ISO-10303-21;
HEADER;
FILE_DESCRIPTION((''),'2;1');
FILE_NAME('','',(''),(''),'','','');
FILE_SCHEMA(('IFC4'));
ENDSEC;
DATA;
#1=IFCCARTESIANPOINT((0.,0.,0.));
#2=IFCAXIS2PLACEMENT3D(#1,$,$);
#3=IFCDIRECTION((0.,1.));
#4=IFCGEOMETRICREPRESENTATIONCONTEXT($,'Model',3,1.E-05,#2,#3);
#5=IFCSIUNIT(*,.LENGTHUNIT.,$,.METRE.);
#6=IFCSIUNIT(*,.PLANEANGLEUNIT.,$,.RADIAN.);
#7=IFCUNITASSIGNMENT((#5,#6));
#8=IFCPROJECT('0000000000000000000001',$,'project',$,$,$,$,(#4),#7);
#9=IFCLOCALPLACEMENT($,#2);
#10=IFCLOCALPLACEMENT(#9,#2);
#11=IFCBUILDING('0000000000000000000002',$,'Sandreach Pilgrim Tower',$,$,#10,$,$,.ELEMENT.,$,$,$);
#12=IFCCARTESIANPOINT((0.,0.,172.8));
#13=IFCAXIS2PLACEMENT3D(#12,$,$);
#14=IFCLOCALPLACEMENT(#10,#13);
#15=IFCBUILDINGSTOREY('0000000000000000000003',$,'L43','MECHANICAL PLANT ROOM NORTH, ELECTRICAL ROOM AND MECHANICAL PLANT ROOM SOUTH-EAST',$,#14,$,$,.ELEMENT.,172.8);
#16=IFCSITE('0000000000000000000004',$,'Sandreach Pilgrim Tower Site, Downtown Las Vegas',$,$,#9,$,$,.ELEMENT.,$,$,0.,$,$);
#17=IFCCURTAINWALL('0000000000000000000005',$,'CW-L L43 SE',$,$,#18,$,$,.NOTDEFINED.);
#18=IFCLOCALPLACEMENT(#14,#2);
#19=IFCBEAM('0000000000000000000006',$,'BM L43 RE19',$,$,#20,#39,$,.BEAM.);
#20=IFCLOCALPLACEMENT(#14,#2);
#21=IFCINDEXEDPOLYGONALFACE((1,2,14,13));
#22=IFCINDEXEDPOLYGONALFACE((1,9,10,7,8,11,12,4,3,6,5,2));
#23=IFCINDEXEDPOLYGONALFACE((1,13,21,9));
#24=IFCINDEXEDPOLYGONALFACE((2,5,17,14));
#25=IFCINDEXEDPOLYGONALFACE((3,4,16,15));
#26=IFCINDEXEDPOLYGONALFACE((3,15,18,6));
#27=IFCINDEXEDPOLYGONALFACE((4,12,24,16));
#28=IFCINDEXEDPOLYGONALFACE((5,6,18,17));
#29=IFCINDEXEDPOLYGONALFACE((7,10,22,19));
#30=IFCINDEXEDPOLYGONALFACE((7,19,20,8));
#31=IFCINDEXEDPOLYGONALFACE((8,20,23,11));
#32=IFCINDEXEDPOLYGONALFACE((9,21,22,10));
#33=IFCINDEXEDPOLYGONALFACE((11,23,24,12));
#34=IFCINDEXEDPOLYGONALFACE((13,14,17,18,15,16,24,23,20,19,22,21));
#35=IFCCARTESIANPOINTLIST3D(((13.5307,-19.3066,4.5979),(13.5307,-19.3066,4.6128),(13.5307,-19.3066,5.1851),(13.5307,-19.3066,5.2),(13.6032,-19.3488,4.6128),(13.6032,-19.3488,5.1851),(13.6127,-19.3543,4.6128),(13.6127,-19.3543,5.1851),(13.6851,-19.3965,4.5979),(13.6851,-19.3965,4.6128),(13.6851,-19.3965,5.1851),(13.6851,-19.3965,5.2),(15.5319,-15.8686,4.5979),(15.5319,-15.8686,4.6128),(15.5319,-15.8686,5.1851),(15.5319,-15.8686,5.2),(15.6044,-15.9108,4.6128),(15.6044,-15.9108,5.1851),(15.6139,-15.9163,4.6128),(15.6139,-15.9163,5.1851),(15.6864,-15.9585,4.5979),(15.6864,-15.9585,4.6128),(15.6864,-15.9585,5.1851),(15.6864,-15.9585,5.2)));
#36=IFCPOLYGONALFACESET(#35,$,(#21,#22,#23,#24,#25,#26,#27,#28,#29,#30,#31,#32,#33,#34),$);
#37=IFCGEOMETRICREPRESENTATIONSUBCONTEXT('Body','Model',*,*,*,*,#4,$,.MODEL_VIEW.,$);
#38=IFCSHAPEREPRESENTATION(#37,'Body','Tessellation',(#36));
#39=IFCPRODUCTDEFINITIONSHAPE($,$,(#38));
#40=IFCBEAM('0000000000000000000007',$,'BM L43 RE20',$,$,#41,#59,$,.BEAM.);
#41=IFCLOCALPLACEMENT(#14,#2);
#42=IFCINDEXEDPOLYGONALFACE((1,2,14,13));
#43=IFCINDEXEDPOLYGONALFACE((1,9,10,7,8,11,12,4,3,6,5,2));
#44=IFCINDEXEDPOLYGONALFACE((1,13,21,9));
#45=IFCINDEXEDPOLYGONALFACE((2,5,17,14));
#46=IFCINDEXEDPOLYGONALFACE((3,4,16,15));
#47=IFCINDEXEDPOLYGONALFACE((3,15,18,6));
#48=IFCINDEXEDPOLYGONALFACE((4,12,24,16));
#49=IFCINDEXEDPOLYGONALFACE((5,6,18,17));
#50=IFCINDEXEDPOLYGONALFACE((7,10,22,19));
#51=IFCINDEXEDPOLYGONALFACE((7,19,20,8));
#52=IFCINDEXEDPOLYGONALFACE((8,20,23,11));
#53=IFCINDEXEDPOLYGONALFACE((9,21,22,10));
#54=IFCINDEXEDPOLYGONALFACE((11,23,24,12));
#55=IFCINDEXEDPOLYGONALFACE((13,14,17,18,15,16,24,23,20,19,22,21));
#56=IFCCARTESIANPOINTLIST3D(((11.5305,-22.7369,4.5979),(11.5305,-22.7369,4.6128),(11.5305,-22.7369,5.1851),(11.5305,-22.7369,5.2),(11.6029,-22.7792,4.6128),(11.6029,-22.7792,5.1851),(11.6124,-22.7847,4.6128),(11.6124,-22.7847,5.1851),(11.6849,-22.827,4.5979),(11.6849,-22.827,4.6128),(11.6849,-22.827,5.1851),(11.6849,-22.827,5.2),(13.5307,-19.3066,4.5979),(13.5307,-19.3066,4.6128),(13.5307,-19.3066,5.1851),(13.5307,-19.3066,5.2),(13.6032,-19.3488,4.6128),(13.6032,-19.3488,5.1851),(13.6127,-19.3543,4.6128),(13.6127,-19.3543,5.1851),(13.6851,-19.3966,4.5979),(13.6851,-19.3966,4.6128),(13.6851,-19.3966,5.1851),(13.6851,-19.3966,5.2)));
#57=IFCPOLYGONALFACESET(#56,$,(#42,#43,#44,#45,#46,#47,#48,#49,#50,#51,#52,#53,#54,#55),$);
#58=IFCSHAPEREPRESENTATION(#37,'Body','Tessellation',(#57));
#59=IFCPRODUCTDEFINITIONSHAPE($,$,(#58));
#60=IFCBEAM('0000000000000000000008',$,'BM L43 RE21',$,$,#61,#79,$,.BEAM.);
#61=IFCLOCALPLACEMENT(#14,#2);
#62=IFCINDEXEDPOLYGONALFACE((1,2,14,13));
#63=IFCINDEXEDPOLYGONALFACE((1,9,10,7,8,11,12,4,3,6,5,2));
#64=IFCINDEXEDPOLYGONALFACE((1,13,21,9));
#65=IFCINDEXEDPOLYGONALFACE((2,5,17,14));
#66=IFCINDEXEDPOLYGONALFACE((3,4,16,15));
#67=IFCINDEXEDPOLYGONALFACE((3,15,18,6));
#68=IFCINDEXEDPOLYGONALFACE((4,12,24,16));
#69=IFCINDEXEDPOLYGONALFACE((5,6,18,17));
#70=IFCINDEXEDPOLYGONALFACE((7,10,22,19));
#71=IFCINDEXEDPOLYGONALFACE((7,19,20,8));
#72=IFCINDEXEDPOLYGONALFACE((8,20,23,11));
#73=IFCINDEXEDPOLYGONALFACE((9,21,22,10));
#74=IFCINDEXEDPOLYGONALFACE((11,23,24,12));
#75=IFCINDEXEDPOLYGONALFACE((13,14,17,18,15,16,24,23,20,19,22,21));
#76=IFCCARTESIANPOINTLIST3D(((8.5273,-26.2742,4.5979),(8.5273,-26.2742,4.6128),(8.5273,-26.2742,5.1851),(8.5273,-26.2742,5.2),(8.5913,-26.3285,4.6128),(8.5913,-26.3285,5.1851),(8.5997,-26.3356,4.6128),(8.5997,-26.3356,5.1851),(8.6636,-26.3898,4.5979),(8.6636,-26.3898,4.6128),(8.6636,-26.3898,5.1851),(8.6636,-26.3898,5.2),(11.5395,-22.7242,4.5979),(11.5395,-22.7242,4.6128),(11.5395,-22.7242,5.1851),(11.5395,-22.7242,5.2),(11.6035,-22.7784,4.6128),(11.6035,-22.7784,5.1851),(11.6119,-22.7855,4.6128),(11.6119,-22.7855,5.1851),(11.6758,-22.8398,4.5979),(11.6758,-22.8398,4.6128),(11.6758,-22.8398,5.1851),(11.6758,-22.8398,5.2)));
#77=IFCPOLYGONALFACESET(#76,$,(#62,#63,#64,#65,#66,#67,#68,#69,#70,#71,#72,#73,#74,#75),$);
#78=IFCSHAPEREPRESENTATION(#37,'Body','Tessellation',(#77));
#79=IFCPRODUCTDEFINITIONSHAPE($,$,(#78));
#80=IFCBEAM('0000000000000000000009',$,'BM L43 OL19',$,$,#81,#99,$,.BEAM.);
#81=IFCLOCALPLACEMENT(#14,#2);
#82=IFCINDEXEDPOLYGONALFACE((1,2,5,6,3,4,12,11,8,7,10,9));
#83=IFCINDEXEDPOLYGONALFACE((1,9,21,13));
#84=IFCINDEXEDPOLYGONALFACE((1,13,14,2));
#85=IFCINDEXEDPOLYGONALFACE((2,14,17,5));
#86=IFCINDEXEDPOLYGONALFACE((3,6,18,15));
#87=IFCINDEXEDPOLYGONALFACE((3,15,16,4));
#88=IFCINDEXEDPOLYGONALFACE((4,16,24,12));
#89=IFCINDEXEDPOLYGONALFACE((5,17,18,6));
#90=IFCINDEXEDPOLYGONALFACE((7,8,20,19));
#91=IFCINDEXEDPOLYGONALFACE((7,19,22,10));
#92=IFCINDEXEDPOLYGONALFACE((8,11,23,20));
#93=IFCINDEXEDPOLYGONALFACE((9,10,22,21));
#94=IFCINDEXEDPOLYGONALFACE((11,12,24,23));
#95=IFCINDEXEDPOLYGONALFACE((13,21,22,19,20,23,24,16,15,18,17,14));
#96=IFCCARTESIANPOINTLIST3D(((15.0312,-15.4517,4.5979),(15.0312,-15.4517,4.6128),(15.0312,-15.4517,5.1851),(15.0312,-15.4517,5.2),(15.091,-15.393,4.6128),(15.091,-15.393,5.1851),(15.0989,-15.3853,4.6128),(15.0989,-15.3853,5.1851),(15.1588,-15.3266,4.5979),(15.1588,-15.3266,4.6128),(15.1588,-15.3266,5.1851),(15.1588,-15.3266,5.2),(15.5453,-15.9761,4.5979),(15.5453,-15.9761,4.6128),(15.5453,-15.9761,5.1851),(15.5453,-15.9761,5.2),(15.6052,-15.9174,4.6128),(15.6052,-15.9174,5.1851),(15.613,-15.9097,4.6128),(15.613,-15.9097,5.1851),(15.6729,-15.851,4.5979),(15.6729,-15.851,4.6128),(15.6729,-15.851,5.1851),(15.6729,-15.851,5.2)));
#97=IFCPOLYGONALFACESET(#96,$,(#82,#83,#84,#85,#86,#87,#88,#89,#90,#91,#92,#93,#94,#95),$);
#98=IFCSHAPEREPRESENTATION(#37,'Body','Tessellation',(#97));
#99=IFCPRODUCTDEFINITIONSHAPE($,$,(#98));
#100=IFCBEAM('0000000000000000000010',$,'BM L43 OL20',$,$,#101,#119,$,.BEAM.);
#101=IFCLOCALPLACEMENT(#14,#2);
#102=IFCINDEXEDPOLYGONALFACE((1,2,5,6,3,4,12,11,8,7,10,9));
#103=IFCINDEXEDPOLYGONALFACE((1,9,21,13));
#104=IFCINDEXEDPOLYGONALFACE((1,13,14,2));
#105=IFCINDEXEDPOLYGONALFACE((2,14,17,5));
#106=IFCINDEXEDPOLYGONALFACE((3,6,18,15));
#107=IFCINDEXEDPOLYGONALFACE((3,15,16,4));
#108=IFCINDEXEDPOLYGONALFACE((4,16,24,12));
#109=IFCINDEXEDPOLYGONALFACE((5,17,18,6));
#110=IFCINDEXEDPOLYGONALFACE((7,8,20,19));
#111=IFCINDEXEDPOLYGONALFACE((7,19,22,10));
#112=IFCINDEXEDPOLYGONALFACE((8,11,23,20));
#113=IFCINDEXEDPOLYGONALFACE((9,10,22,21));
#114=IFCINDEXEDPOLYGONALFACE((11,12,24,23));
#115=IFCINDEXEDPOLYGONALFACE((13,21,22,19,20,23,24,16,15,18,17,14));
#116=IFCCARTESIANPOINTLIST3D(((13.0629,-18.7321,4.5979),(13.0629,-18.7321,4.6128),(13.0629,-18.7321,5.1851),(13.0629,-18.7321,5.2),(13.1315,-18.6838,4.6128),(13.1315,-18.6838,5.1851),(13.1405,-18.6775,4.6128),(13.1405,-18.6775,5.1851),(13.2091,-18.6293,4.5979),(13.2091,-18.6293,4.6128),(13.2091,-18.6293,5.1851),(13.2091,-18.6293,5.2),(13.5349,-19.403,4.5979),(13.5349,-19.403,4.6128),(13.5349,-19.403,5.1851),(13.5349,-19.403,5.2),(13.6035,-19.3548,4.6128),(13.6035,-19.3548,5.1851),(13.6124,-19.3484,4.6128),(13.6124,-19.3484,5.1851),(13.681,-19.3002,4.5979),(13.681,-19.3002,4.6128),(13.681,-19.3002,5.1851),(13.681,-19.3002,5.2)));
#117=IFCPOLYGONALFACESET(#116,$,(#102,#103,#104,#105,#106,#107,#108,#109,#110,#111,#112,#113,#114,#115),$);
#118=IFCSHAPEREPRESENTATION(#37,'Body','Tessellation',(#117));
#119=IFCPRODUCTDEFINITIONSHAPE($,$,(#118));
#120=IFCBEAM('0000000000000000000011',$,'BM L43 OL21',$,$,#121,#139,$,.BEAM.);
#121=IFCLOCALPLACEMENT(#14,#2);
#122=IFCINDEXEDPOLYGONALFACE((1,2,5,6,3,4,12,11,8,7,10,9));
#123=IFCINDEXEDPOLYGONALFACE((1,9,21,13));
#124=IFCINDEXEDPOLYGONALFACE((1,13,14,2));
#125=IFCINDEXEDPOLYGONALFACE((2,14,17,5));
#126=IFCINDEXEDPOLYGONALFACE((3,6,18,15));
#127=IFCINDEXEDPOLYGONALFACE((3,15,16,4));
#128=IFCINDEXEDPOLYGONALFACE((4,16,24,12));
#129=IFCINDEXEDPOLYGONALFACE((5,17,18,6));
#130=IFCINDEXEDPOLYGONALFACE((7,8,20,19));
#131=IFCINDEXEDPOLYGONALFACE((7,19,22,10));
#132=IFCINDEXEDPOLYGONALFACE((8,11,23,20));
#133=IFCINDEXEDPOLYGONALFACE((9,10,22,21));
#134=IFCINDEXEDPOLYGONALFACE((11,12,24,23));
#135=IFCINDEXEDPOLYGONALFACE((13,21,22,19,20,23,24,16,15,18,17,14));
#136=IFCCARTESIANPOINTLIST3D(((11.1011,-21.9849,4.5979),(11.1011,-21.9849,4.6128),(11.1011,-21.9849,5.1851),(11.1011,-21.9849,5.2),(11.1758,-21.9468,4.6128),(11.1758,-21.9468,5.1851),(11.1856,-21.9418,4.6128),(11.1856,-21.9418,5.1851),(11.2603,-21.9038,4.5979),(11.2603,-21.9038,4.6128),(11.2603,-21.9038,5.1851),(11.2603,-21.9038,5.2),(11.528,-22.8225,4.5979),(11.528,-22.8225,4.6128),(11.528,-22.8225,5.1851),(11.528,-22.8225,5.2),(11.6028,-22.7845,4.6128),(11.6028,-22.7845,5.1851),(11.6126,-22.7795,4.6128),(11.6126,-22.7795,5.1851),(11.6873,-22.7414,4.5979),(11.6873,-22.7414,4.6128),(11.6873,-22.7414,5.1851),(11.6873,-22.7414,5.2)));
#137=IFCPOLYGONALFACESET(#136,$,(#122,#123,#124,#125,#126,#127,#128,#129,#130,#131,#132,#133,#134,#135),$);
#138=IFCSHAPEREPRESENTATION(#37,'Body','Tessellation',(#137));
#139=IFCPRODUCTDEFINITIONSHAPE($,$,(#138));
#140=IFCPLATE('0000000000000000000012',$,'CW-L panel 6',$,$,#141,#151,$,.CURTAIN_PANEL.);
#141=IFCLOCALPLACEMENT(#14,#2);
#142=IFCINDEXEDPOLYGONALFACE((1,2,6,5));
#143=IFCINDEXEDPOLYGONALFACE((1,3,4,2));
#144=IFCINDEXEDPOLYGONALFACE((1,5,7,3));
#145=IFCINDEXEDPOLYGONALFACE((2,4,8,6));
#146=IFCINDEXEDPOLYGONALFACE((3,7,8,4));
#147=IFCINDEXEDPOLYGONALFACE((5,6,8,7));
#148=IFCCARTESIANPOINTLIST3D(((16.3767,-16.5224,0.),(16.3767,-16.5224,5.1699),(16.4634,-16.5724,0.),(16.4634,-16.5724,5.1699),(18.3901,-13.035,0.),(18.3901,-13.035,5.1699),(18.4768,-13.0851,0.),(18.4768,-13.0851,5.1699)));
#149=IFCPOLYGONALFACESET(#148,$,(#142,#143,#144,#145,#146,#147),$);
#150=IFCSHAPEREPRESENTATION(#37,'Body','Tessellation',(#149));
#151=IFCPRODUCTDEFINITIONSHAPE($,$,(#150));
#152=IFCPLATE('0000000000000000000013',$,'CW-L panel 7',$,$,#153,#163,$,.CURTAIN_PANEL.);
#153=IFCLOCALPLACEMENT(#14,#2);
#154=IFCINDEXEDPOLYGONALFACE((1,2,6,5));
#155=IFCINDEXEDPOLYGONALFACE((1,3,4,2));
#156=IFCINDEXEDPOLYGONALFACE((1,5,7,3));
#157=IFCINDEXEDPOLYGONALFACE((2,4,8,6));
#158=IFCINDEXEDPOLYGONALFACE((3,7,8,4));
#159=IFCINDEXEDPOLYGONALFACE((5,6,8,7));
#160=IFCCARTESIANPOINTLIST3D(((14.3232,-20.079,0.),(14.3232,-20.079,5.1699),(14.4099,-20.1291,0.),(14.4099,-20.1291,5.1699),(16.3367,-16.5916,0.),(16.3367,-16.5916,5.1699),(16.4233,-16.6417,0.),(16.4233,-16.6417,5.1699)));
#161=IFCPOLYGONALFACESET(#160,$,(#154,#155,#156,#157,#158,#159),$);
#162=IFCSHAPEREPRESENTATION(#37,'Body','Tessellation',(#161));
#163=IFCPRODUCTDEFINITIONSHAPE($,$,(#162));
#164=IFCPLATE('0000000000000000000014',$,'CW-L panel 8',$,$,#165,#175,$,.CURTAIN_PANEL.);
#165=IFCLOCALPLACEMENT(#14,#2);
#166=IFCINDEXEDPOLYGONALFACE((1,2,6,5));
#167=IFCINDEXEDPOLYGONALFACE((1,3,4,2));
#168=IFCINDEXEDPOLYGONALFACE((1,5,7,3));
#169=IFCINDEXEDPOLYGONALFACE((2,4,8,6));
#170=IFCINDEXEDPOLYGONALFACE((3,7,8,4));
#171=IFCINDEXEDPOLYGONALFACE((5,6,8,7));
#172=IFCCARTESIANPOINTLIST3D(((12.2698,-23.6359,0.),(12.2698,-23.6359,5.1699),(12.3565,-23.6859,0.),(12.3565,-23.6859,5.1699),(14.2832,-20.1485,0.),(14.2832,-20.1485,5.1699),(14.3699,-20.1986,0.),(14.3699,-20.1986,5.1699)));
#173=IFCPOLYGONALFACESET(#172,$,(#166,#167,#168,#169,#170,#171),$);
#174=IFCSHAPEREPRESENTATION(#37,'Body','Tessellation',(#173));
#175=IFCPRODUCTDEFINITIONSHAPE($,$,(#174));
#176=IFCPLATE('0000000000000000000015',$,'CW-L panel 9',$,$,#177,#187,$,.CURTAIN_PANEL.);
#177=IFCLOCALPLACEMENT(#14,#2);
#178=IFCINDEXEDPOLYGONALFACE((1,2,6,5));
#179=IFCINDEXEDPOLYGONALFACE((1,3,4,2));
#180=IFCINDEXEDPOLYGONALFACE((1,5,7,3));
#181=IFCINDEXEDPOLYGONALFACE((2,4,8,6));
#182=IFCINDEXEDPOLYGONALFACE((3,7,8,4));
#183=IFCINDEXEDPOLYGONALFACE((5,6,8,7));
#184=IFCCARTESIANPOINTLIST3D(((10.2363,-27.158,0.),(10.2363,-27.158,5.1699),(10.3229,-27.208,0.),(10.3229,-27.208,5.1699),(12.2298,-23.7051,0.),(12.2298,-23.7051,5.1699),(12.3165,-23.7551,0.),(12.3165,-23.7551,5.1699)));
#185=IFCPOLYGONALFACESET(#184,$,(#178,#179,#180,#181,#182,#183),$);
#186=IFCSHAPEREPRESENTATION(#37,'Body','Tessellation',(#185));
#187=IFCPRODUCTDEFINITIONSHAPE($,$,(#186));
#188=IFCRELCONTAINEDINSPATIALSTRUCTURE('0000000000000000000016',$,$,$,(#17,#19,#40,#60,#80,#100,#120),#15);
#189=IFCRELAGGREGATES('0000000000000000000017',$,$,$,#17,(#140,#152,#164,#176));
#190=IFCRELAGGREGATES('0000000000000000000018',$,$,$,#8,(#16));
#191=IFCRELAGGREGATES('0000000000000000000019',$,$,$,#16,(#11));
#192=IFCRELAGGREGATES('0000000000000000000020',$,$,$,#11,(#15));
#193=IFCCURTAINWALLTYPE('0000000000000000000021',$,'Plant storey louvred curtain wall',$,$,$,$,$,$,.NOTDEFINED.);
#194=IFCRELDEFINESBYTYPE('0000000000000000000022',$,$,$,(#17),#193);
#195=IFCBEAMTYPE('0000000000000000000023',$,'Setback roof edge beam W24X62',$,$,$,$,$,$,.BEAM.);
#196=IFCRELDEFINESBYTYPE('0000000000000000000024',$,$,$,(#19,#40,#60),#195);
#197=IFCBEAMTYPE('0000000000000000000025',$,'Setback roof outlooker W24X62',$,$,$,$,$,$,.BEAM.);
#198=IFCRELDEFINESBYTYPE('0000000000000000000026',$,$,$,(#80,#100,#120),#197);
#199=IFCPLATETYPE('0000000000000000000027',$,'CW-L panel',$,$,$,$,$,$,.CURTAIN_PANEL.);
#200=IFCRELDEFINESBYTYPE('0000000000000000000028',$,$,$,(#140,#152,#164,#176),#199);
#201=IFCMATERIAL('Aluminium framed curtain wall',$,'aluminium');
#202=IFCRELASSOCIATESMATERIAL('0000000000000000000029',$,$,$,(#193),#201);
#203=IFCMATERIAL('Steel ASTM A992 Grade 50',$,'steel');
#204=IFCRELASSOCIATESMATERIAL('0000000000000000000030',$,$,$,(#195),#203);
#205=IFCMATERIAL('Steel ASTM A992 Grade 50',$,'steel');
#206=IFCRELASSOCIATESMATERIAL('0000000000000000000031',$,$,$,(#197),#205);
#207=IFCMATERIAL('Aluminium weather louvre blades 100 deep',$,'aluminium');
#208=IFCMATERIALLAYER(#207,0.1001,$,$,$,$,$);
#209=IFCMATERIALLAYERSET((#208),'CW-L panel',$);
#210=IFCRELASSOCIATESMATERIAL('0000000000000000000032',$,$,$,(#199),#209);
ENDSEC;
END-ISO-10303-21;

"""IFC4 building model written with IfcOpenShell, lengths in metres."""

from ifc_helpers import new_model, si_unit, direction, frame, origin, origin_2d, place, context, subcontext, project, spatial, rectangle, i_section, extrude, material, layer, layer_set, material_profile, profile_set, type_object, element, aggregate, save


model = new_model("IFC4")

# Units and contexts
model_context = context("Model", 3, precision=1e-05, world=origin(), true_north=direction((0.0, 1.0)))
body_context = subcontext(model_context, "Body", "Model", "MODEL_VIEW")
ifc_project = project(units=[si_unit("LENGTHUNIT", "METRE"), si_unit("PLANEANGLEUNIT", "RADIAN")], contexts=[model_context])

# Site, building, storey
site_placement = place(None, origin())
site = spatial("IfcSite", under=ifc_project, at=site_placement, Name="Sandreach Pilgrim Tower Site, Downtown Las Vegas", CompositionType="ELEMENT", RefElevation=0.0)
building_placement = place(site_placement, origin())
building = spatial("IfcBuilding", under=site, at=building_placement, Name="Sandreach Pilgrim Tower", CompositionType="ELEMENT")
storey_placement = place(building_placement, frame((0.0, 0.0, 172.8)))
storey = spatial("IfcBuildingStorey", under=building, at=storey_placement, Name="L43", Description="MECHANICAL PLANT ROOM NORTH, ELECTRICAL ROOM AND MECHANICAL PLANT ROOM SOUTH-EAST", CompositionType="ELEMENT", Elevation=172.8)

# Curtain wall
ifc_material_1 = material(Name="Aluminium framed curtain wall", Category="aluminium")
curtain_wall_type = type_object("IfcCurtainWallType", Name="Plant storey louvred curtain wall", PredefinedType="NOTDEFINED", material=ifc_material_1)
curtain_wall_placement = place(storey_placement, origin())
curtain_wall = element("IfcCurtainWall", 1, at=curtain_wall_placement, inside=storey, type_object=curtain_wall_type, Name="CW-L L43 SE", PredefinedType="NOTDEFINED")

# Beams
ifc_material_2 = material(Name="Steel ASTM A992 Grade 50", Category="steel")
ifc_material_profile_1 = material_profile(ifc_material_2, i_section(OverallWidth=0.1787, OverallDepth=0.6021, WebThickness=0.011, FlangeThickness=0.0149, at=origin_2d()), Name="W24X62")
ifc_profile_set_1 = profile_set([ifc_material_profile_1], Name="Steel ASTM A992 Grade 50")
beam_type_1 = type_object("IfcBeamType", Name="Setback roof edge beam W24X62", PredefinedType="BEAM", material=ifc_profile_set_1)
beam_1_placement = place(storey_placement, frame((15.6091, -15.9136, 4.8989), z_axis=(-0.503069, -0.864246, 0.0), x_axis=(0.864246, -0.503069, 0.0)))
element("IfcBeam", 2, at=beam_1_placement, inside=storey, type_object=beam_type_1, Name="BM L43 RE19", PredefinedType="BEAM", context=body_context, shape_type="SweptSolid", body=[
    extrude(i_section(OverallWidth=0.1787, OverallDepth=0.6021, WebThickness=0.011, FlangeThickness=0.0149, at=origin_2d()), origin(), (0.0, 0.0, 1.0), 3.978),
])
beam_2_placement = place(storey_placement, frame((13.6079, -19.3516, 4.8989), z_axis=(-0.503714, -0.86387, 0.0), x_axis=(0.86387, -0.503714, 0.0)))
element("IfcBeam", 3, at=beam_2_placement, inside=storey, type_object=beam_type_1, Name="BM L43 RE20", PredefinedType="BEAM", context=body_context, shape_type="SweptSolid", body=[
    extrude(i_section(OverallWidth=0.1787, OverallDepth=0.6021, WebThickness=0.011, FlangeThickness=0.0149, at=origin_2d()), origin(), (0.0, 0.0, 1.0), 3.9709),
])
beam_3_placement = place(storey_placement, frame((11.6077, -22.782, 4.8989), z_axis=(-0.646983, -0.762504, 0.0), x_axis=(0.762504, -0.646983, 0.0)))
element("IfcBeam", 4, at=beam_3_placement, inside=storey, type_object=beam_type_1, Name="BM L43 RE21", PredefinedType="BEAM", context=body_context, shape_type="SweptSolid", body=[
    extrude(i_section(OverallWidth=0.1787, OverallDepth=0.6021, WebThickness=0.011, FlangeThickness=0.0149, at=origin_2d()), origin(), (0.0, 0.0, 1.0), 4.6558),
])
ifc_material_3 = material(Name="Steel ASTM A992 Grade 50", Category="steel")
ifc_material_profile_2 = material_profile(ifc_material_3, i_section(OverallWidth=0.1787, OverallDepth=0.6021, WebThickness=0.011, FlangeThickness=0.0149, at=origin_2d()), Name="W24X62")
ifc_profile_set_2 = profile_set([ifc_material_profile_2], Name="Steel ASTM A992 Grade 50")
beam_type_2 = type_object("IfcBeamType", Name="Setback roof outlooker W24X62", PredefinedType="BEAM", material=ifc_profile_set_2)
beam_4_placement = place(storey_placement, frame((15.095, -15.3892, 4.8989), z_axis=(0.700091, -0.714053, 0.0), x_axis=(0.714053, 0.700091, 0.0)))
element("IfcBeam", 5, at=beam_4_placement, inside=storey, type_object=beam_type_2, Name="BM L43 OL19", PredefinedType="BEAM", context=body_context, shape_type="SweptSolid", body=[
    extrude(i_section(OverallWidth=0.1787, OverallDepth=0.6021, WebThickness=0.011, FlangeThickness=0.0149, at=origin_2d()), origin(), (0.0, 0.0, 1.0), 0.7344),
])
beam_5_placement = place(storey_placement, frame((13.136, -18.6807, 4.8989), z_axis=(0.575339, -0.817915, 0.0), x_axis=(0.817915, 0.575339, 0.0)))
element("IfcBeam", 6, at=beam_5_placement, inside=storey, type_object=beam_type_2, Name="BM L43 OL20", PredefinedType="BEAM", context=body_context, shape_type="SweptSolid", body=[
    extrude(i_section(OverallWidth=0.1787, OverallDepth=0.6021, WebThickness=0.011, FlangeThickness=0.0149, at=origin_2d()), origin(), (0.0, 0.0, 1.0), 0.8203),
])
beam_6_placement = place(storey_placement, frame((11.1807, -21.9443, 4.8989), z_axis=(0.454159, -0.890921, 0.0), x_axis=(0.890921, 0.454159, 0.0)))
element("IfcBeam", 7, at=beam_6_placement, inside=storey, type_object=beam_type_2, Name="BM L43 OL21", PredefinedType="BEAM", context=body_context, shape_type="SweptSolid", body=[
    extrude(i_section(OverallWidth=0.1787, OverallDepth=0.6021, WebThickness=0.011, FlangeThickness=0.0149, at=origin_2d()), origin(), (0.0, 0.0, 1.0), 0.9402),
])

# Plates
ifc_material_4 = material(Name="Aluminium weather louvre blades 100 deep", Category="aluminium")
ifc_layer = layer(ifc_material_4, 0.1001)
ifc_layer_set = layer_set([ifc_layer], Name="CW-L panel")
plate_type = type_object("IfcPlateType", Name="CW-L panel", PredefinedType="CURTAIN_PANEL", material=ifc_layer_set)
plate_1_placement = place(storey_placement, frame((17.4268, -14.8037, 0.0), z_axis=(0.0, 0.0, 1.0), x_axis=(-0.5, -0.866025, 0.0)))
plate_1 = element("IfcPlate", 8, at=plate_1_placement, type_object=plate_type, Name="CW-L panel 6", PredefinedType="CURTAIN_PANEL", context=body_context, shape_type="SweptSolid", body=[
    extrude(rectangle(XDim=4.0269, YDim=0.1001, at=origin_2d()), origin(), (0.0, 0.0, 1.0), 5.1699),
])
plate_2_placement = place(storey_placement, frame((15.3733, -18.3604, 0.0), z_axis=(0.0, 0.0, 1.0), x_axis=(-0.5, -0.866025, 0.0)))
plate_2 = element("IfcPlate", 9, at=plate_2_placement, type_object=plate_type, Name="CW-L panel 7", PredefinedType="CURTAIN_PANEL", context=body_context, shape_type="SweptSolid", body=[
    extrude(rectangle(XDim=4.0269, YDim=0.1001, at=origin_2d()), origin(), (0.0, 0.0, 1.0), 5.1699),
])
plate_3_placement = place(storey_placement, frame((13.3198, -21.9172, 0.0), z_axis=(0.0, 0.0, 1.0), x_axis=(-0.5, -0.866025, 0.0)))
plate_3 = element("IfcPlate", 10, at=plate_3_placement, type_object=plate_type, Name="CW-L panel 8", PredefinedType="CURTAIN_PANEL", context=body_context, shape_type="SweptSolid", body=[
    extrude(rectangle(XDim=4.0269, YDim=0.1001, at=origin_2d()), origin(), (0.0, 0.0, 1.0), 5.1699),
])
plate_4_placement = place(storey_placement, frame((11.2764, -25.4565, 0.0), z_axis=(0.0, 0.0, 1.0), x_axis=(-0.5, -0.866025, 0.0)))
plate_4 = element("IfcPlate", 11, at=plate_4_placement, type_object=plate_type, Name="CW-L panel 9", PredefinedType="CURTAIN_PANEL", context=body_context, shape_type="SweptSolid", body=[
    extrude(rectangle(XDim=3.9871, YDim=0.1001, at=origin_2d()), origin(), (0.0, 0.0, 1.0), 5.1699),
])
aggregate(curtain_wall, [plate_1, plate_2, plate_3, plate_4])

save(model, "model.ifc")
